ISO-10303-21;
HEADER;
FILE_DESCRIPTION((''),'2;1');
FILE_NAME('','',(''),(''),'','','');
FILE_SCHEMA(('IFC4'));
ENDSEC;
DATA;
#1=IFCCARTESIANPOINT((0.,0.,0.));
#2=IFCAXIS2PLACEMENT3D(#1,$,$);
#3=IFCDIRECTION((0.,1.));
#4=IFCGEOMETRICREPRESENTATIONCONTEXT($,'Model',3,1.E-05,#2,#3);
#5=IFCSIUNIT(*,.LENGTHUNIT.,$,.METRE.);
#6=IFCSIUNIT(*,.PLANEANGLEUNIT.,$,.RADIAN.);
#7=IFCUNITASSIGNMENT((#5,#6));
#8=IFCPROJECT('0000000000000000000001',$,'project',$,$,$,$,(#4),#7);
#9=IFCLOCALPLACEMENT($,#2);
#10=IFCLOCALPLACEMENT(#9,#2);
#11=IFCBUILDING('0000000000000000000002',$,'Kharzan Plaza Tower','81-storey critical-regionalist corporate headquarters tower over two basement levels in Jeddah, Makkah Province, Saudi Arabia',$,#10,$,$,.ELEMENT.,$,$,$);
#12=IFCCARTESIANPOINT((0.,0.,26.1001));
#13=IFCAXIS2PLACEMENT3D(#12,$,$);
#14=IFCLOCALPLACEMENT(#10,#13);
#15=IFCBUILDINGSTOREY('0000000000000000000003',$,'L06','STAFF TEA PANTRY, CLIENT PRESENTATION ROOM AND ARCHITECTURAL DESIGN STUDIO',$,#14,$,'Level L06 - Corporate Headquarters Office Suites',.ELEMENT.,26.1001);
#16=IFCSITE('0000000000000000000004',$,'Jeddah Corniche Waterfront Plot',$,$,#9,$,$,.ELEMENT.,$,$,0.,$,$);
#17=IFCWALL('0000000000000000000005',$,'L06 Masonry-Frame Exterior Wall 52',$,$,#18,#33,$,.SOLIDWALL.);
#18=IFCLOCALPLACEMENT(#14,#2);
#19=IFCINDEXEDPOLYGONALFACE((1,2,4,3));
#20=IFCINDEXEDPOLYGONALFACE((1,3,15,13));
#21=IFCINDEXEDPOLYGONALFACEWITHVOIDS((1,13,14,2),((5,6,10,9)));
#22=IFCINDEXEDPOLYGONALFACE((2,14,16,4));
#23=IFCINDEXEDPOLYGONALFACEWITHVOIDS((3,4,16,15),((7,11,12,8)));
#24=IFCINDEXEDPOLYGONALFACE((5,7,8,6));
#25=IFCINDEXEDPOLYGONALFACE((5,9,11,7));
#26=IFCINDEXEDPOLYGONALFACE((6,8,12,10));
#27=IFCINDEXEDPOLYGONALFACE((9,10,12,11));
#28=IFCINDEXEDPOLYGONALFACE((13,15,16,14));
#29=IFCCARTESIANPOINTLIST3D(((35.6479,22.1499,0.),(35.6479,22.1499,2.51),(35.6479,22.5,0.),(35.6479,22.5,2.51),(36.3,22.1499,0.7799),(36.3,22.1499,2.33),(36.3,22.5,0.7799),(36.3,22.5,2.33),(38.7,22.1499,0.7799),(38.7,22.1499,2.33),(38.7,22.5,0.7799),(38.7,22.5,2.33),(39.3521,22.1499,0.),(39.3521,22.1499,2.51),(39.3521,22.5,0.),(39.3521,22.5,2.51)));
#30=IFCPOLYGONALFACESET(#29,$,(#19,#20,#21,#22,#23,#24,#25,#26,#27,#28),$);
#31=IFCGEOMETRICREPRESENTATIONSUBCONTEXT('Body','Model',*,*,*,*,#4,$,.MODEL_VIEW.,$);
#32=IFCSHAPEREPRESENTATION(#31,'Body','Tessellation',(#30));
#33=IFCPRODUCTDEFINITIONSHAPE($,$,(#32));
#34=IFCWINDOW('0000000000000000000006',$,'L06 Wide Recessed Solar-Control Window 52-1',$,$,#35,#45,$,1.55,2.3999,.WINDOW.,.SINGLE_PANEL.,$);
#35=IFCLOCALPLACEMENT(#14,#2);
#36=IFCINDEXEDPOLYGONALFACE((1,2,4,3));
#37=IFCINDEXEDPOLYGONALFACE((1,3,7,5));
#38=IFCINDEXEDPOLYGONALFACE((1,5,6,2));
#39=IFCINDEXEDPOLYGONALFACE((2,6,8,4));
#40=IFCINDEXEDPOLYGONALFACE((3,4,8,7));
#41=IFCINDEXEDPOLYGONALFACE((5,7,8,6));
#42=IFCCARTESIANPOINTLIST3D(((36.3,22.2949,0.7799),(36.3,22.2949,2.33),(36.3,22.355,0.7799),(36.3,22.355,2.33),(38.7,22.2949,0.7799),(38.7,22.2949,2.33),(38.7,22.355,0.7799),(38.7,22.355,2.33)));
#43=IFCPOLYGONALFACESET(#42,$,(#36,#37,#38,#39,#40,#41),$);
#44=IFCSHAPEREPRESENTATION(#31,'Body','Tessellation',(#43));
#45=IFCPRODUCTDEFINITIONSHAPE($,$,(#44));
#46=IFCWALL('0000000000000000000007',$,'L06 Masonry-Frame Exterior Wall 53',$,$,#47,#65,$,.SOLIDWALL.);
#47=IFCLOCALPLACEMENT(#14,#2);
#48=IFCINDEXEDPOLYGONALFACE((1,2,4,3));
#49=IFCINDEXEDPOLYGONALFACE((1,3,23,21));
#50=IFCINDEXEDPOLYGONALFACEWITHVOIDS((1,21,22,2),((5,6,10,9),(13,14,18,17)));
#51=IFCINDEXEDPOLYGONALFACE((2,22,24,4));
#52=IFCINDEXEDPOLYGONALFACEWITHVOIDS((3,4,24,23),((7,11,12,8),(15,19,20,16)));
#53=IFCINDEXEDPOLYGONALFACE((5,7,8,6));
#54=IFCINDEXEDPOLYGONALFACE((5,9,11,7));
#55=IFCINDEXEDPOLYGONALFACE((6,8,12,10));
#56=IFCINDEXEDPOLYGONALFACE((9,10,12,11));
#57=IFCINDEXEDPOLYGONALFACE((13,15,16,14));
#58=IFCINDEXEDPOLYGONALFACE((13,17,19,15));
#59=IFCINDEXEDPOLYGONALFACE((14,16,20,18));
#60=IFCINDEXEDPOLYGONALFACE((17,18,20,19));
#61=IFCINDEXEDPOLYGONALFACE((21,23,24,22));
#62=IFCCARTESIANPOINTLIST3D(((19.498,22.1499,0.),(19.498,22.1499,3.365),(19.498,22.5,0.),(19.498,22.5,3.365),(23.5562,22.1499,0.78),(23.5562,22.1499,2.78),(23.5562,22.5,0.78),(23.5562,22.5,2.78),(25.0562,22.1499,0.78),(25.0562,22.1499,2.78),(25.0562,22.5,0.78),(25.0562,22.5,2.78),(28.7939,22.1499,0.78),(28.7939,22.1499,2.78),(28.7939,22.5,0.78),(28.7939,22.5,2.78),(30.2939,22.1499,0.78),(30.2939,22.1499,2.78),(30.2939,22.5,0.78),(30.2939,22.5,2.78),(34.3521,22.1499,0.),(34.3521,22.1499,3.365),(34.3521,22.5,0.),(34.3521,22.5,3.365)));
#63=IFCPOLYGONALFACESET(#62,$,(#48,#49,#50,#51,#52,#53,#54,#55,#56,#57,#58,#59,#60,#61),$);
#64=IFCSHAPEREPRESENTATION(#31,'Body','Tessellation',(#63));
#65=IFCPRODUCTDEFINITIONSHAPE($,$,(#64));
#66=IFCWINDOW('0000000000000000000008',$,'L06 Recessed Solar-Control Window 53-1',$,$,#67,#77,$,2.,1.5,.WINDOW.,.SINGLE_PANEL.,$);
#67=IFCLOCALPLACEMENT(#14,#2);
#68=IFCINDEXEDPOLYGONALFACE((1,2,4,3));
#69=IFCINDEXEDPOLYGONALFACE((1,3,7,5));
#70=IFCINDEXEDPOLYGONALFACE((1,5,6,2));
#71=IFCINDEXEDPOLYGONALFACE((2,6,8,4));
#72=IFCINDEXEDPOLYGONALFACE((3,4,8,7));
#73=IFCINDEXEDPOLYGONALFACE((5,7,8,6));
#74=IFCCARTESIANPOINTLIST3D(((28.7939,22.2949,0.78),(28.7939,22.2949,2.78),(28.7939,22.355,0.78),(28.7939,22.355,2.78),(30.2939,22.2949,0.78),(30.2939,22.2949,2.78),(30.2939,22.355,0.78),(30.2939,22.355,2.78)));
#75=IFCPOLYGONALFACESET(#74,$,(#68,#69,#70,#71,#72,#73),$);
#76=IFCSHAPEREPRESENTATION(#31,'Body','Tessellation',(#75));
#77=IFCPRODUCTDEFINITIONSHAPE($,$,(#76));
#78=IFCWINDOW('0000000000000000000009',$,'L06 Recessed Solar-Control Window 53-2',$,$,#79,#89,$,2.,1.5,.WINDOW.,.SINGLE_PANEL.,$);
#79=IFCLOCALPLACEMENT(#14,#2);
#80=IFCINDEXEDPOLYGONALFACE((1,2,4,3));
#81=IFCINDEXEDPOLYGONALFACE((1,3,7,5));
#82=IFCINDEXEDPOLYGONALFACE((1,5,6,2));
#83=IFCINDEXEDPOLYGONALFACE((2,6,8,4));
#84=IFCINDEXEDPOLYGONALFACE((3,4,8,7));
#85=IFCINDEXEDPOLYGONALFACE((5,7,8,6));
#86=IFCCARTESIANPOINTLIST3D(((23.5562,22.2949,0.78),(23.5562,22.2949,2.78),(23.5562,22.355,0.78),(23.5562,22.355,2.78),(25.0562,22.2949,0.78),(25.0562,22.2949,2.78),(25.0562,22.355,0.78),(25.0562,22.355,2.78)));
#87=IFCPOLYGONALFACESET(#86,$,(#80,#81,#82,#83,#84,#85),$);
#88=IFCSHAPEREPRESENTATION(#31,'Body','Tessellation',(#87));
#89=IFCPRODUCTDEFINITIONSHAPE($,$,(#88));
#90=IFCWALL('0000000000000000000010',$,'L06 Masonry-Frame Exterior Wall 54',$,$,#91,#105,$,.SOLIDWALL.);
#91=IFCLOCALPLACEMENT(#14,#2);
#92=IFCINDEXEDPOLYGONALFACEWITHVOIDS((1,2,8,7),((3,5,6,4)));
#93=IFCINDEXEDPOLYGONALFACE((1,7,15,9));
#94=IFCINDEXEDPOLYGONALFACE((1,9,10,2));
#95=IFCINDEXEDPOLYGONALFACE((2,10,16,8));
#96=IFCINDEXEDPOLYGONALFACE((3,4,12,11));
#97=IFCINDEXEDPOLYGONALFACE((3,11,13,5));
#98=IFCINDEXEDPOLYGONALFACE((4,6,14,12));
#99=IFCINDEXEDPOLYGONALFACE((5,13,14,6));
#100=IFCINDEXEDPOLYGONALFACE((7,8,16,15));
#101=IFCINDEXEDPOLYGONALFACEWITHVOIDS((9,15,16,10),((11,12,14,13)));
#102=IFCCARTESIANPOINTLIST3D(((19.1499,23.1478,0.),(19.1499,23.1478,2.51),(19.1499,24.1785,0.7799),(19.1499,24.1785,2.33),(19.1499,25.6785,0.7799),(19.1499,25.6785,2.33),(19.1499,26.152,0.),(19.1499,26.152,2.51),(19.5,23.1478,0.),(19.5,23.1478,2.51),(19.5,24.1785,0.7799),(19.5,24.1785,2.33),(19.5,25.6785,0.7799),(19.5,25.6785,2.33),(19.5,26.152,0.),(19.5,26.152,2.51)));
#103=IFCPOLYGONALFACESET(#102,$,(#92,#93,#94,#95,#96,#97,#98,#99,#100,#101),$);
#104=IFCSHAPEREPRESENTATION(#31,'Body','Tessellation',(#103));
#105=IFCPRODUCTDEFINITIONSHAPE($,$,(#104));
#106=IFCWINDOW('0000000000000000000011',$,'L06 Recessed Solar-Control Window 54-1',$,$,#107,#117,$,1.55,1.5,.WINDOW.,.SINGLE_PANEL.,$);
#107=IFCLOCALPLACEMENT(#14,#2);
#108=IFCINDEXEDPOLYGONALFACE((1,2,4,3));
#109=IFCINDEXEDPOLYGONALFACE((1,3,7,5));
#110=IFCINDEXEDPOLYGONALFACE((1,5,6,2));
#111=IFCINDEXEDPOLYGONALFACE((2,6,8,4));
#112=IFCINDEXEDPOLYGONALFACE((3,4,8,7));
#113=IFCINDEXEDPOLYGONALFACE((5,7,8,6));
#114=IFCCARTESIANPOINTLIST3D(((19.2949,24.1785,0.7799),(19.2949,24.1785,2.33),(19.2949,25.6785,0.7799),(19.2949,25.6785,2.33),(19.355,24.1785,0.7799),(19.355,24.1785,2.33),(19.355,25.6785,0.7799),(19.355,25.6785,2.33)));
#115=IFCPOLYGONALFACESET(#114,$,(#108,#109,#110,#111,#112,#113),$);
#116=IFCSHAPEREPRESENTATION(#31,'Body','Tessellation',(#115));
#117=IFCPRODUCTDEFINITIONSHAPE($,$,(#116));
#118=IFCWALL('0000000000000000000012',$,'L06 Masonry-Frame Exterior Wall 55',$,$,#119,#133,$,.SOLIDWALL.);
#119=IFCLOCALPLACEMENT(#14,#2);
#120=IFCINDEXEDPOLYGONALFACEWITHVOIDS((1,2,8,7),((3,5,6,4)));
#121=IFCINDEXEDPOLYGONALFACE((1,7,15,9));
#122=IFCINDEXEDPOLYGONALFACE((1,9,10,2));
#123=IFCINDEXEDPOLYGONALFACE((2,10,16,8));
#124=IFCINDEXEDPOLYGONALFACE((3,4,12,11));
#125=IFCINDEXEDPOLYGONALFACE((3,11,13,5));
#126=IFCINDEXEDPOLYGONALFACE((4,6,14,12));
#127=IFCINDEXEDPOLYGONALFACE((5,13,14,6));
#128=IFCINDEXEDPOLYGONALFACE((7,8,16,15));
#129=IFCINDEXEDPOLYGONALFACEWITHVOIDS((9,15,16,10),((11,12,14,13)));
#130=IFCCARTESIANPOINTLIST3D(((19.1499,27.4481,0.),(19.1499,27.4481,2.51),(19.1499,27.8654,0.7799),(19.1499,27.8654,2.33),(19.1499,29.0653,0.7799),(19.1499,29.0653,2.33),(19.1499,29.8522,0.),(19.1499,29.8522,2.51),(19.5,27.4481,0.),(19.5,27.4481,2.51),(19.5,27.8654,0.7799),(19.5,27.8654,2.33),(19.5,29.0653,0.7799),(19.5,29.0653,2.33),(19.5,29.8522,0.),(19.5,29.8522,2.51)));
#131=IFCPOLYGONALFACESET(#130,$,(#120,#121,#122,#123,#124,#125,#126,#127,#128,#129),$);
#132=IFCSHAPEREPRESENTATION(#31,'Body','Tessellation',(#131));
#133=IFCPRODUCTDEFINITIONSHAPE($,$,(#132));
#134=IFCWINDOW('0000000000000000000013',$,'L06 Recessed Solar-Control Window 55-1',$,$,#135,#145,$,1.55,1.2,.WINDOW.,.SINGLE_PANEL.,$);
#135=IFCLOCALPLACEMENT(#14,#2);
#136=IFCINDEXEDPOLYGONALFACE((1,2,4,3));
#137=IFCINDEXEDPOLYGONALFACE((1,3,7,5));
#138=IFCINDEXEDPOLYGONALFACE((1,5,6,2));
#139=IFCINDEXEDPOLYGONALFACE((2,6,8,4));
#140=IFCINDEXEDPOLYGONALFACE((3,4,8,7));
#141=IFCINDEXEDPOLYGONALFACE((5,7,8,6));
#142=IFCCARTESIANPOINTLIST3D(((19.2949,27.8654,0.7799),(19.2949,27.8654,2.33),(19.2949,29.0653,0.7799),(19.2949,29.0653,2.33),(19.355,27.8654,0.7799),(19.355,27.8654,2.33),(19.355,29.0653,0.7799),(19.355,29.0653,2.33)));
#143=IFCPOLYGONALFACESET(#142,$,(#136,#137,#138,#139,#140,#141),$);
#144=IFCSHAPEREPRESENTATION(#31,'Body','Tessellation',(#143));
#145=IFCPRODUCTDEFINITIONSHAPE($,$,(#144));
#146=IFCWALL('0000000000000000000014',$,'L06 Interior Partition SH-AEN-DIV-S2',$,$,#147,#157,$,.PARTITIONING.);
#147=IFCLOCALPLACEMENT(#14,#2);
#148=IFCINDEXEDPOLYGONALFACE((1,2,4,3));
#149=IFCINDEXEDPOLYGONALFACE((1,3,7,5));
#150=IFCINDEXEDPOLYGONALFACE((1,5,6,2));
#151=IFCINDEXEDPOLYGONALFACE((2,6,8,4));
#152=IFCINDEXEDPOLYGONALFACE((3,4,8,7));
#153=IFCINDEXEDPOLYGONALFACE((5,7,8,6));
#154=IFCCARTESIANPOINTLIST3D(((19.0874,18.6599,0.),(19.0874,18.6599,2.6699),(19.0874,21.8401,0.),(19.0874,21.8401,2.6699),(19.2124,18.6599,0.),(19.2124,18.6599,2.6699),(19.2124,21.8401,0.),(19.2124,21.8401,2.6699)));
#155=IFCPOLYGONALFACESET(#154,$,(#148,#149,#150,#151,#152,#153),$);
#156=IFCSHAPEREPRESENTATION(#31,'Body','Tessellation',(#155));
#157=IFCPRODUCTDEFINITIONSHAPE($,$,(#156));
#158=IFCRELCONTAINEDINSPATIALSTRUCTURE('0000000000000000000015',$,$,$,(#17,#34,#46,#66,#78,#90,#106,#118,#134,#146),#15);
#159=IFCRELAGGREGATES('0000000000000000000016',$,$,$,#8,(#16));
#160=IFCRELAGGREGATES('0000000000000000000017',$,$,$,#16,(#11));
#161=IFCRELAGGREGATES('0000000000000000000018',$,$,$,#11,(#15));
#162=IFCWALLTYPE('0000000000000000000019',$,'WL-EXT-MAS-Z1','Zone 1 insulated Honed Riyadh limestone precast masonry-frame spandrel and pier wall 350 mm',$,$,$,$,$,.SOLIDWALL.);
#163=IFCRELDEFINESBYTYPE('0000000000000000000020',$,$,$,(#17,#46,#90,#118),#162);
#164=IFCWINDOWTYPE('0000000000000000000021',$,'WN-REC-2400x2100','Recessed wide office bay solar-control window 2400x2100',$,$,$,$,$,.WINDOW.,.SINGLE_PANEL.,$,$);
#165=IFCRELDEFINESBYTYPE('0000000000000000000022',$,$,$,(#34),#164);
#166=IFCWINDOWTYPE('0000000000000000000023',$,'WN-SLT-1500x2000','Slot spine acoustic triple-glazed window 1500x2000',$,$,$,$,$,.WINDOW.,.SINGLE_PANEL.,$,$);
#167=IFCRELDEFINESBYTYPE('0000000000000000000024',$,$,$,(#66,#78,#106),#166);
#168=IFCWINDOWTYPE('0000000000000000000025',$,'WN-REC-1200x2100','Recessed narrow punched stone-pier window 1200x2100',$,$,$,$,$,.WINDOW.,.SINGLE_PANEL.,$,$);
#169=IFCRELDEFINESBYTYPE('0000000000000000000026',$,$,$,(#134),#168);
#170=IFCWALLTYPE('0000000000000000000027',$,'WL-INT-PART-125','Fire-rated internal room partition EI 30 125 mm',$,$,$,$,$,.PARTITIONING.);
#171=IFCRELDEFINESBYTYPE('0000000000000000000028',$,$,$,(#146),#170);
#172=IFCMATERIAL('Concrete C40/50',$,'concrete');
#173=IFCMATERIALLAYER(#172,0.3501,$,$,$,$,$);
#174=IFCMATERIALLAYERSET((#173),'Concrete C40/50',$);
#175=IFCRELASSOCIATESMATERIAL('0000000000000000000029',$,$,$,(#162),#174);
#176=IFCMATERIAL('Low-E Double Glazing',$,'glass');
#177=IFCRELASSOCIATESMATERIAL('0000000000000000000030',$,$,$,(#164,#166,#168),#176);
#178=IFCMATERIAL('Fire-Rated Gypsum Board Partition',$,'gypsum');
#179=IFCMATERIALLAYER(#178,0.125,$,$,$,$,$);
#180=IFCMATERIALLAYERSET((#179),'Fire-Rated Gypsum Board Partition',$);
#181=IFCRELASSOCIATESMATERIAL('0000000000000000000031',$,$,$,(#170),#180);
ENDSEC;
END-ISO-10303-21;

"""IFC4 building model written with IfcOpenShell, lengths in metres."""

from ifc_helpers import new_model, si_unit, direction, frame, frame_2d, origin, place, context, subcontext, project, spatial, rectangle, extrude, source, transform, mapped, material, layer, layer_set, type_object, element, fill, save


model = new_model("IFC4")

# Units and contexts
model_context = context("Model", 3, precision=1e-05, world=origin(), true_north=direction((0.0, 1.0)))
body_context = subcontext(model_context, "Body", "Model", "MODEL_VIEW")
ifc_project = project(units=[si_unit("LENGTHUNIT", "METRE"), si_unit("PLANEANGLEUNIT", "RADIAN")], contexts=[model_context])

# Site, building, storey
site_placement = place(None, origin())
site = spatial("IfcSite", under=ifc_project, at=site_placement, Name="Jeddah Corniche Waterfront Plot", CompositionType="ELEMENT", RefElevation=0.0)
building_placement = place(site_placement, origin())
building = spatial("IfcBuilding", under=site, at=building_placement, Name="Kharzan Plaza Tower", Description="81-storey critical-regionalist corporate headquarters tower over two basement levels in Jeddah, Makkah Province, Saudi Arabia", CompositionType="ELEMENT")
storey_placement = place(building_placement, frame((0.0, 0.0, 26.1001)))
storey = spatial("IfcBuildingStorey", under=building, at=storey_placement, Name="L06", Description="STAFF TEA PANTRY, CLIENT PRESENTATION ROOM AND ARCHITECTURAL DESIGN STUDIO", LongName="Level L06 - Corporate Headquarters Office Suites", CompositionType="ELEMENT", Elevation=26.1001)

# Wall, opening, window
ifc_material_1 = material(Name="Concrete C40/50", Category="concrete")
ifc_layer_1 = layer(ifc_material_1, 0.3501)
ifc_layer_set_1 = layer_set([ifc_layer_1], Name="Concrete C40/50")
wall_type_1 = type_object("IfcWallType", Name="WL-EXT-MAS-Z1", Description="Zone 1 insulated Honed Riyadh limestone precast masonry-frame spandrel and pier wall 350 mm", PredefinedType="SOLIDWALL", material=ifc_layer_set_1)
wall_1_placement = place(storey_placement, frame((39.3521, 22.325, 0.0), z_axis=(0.0, 0.0, 1.0), x_axis=(-1.0, 0.0, 0.0)))
wall_1 = element("IfcWall", 1, at=wall_1_placement, inside=storey, type_object=wall_type_1, Name="L06 Masonry-Frame Exterior Wall 52", PredefinedType="SOLIDWALL", context=body_context, shape_type="SweptSolid", body=[
    extrude(rectangle(XDim=3.7041, YDim=0.3501, at=frame_2d((1.8521, 0.0))), origin(), (0.0, 0.0, 1.0), 2.51),
])
opening_1_placement = place(wall_1_placement, frame((0.6521, 0.0, 0.78)))
opening_1 = element("IfcOpeningElement", 2, at=opening_1_placement, cuts=wall_1, PredefinedType="OPENING", context=body_context, shape_type="SweptSolid", body=[
    extrude(rectangle(XDim=2.3999, YDim=1.55, at=frame_2d((1.2, 0.7749))), frame((0.0, 0.1851, 0.0), z_axis=(0.0, -1.0, 0.0), x_axis=(1.0, 0.0, 0.0)), (0.0, 0.0, 1.0), 0.3701),
])
ifc_material_2 = material(Name="Low-E Double Glazing", Category="glass")
window_type_1 = type_object("IfcWindowType", Name="WN-REC-2400x2100", Description="Recessed wide office bay solar-control window 2400x2100", PartitioningType="SINGLE_PANEL", PredefinedType="WINDOW", material=ifc_material_2)
shared_shape_1 = source(origin(), body_context, "Body", "SweptSolid", [
    extrude(rectangle(XDim=2.3999, YDim=1.55, at=frame_2d((1.2, 0.7749))), frame((0.0, 0.03, 0.0), z_axis=(0.0, -1.0, 0.0), x_axis=(1.0, 0.0, 0.0)), (0.0, 0.0, 1.0), 0.0601),
])
window_1_placement = place(opening_1_placement, origin())
window_1 = element("IfcWindow", 3, at=window_1_placement, inside=storey, type_object=window_type_1, Name="L06 Wide Recessed Solar-Control Window 52-1", OverallHeight=1.55, OverallWidth=2.3999, PartitioningType="SINGLE_PANEL", PredefinedType="WINDOW", context=body_context, shape_type="MappedRepresentation", body=[
    mapped(shared_shape_1, transform((0.0, 0.0, 0.0), x_axis=(1.0, 0.0, 0.0), y_axis=(0.0, 1.0, 0.0), z_axis=(0.0, 0.0, 1.0))),
])
fill(opening_1, window_1)

# Wall, openings, windows
wall_2_placement = place(storey_placement, frame((34.3521, 22.325, 0.0), z_axis=(0.0, 0.0, 1.0), x_axis=(-1.0, 0.0, 0.0)))
wall_2 = element("IfcWall", 4, at=wall_2_placement, inside=storey, type_object=wall_type_1, Name="L06 Masonry-Frame Exterior Wall 53", PredefinedType="SOLIDWALL", context=body_context, shape_type="SweptSolid", body=[
    extrude(rectangle(XDim=14.854, YDim=0.3501, at=frame_2d((7.427, 0.0))), origin(), (0.0, 0.0, 1.0), 3.365),
])
opening_2_placement = place(wall_2_placement, frame((4.0581, 0.0, 0.78)))
opening_2 = element("IfcOpeningElement", 5, at=opening_2_placement, cuts=wall_2, PredefinedType="OPENING", context=body_context, shape_type="SweptSolid", body=[
    extrude(rectangle(XDim=1.5, YDim=2.0, at=frame_2d((0.75, 1.0))), frame((0.0, 0.1851, 0.0), z_axis=(0.0, -1.0, 0.0), x_axis=(1.0, 0.0, 0.0)), (0.0, 0.0, 1.0), 0.3701),
])
opening_3_placement = place(wall_2_placement, frame((9.2959, 0.0, 0.78)))
opening_3 = element("IfcOpeningElement", 6, at=opening_3_placement, cuts=wall_2, PredefinedType="OPENING", context=body_context, shape_type="SweptSolid", body=[
    extrude(rectangle(XDim=1.5, YDim=2.0, at=frame_2d((0.75, 1.0))), frame((0.0, 0.1851, 0.0), z_axis=(0.0, -1.0, 0.0), x_axis=(1.0, 0.0, 0.0)), (0.0, 0.0, 1.0), 0.3701),
])
window_type_2 = type_object("IfcWindowType", Name="WN-SLT-1500x2000", Description="Slot spine acoustic triple-glazed window 1500x2000", PartitioningType="SINGLE_PANEL", PredefinedType="WINDOW", material=ifc_material_2)
shared_shape_2 = source(origin(), body_context, "Body", "SweptSolid", [
    extrude(rectangle(XDim=1.5, YDim=2.0, at=frame_2d((0.75, 1.0))), frame((0.0, 0.03, 0.0), z_axis=(0.0, -1.0, 0.0), x_axis=(1.0, 0.0, 0.0)), (0.0, 0.0, 1.0), 0.0601),
])
window_2_placement = place(opening_2_placement, origin())
window_2 = element("IfcWindow", 7, at=window_2_placement, inside=storey, type_object=window_type_2, Name="L06 Recessed Solar-Control Window 53-1", OverallHeight=2.0, OverallWidth=1.5, PartitioningType="SINGLE_PANEL", PredefinedType="WINDOW", context=body_context, shape_type="MappedRepresentation", body=[
    mapped(shared_shape_2, transform((0.0, 0.0, 0.0), x_axis=(1.0, 0.0, 0.0), y_axis=(0.0, 1.0, 0.0), z_axis=(0.0, 0.0, 1.0))),
])
fill(opening_2, window_2)
window_3_placement = place(opening_3_placement, origin())
window_3 = element("IfcWindow", 8, at=window_3_placement, inside=storey, type_object=window_type_2, Name="L06 Recessed Solar-Control Window 53-2", OverallHeight=2.0, OverallWidth=1.5, PartitioningType="SINGLE_PANEL", PredefinedType="WINDOW", context=body_context, shape_type="MappedRepresentation", body=[
    mapped(shared_shape_2, transform((0.0, 0.0, 0.0), x_axis=(1.0, 0.0, 0.0), y_axis=(0.0, 1.0, 0.0), z_axis=(0.0, 0.0, 1.0))),
])
fill(opening_3, window_3)

# Walls, openings, windows
wall_3_placement = place(storey_placement, frame((19.325, 23.1479, 0.0), z_axis=(0.0, 0.0, 1.0), x_axis=(0.0, 1.0, 0.0)))
wall_3 = element("IfcWall", 9, at=wall_3_placement, inside=storey, type_object=wall_type_1, Name="L06 Masonry-Frame Exterior Wall 54", PredefinedType="SOLIDWALL", context=body_context, shape_type="SweptSolid", body=[
    extrude(rectangle(XDim=3.0042, YDim=0.3501, at=frame_2d((1.502, 0.0))), origin(), (0.0, 0.0, 1.0), 2.51),
])
opening_4_placement = place(wall_3_placement, frame((1.0305, 0.0, 0.78)))
opening_4 = element("IfcOpeningElement", 10, at=opening_4_placement, cuts=wall_3, PredefinedType="OPENING", context=body_context, shape_type="SweptSolid", body=[
    extrude(rectangle(XDim=1.5, YDim=1.55, at=frame_2d((0.75, 0.7749))), frame((0.0, 0.1851, 0.0), z_axis=(0.0, -1.0, 0.0), x_axis=(1.0, 0.0, 0.0)), (0.0, 0.0, 1.0), 0.3701),
])
shared_shape_3 = source(origin(), body_context, "Body", "SweptSolid", [
    extrude(rectangle(XDim=1.5, YDim=1.55, at=frame_2d((0.75, 0.7749))), frame((0.0, 0.03, 0.0), z_axis=(0.0, -1.0, 0.0), x_axis=(1.0, 0.0, 0.0)), (0.0, 0.0, 1.0), 0.0601),
])
window_4_placement = place(opening_4_placement, origin())
window_4 = element("IfcWindow", 11, at=window_4_placement, inside=storey, type_object=window_type_2, Name="L06 Recessed Solar-Control Window 54-1", OverallHeight=1.55, OverallWidth=1.5, PartitioningType="SINGLE_PANEL", PredefinedType="WINDOW", context=body_context, shape_type="MappedRepresentation", body=[
    mapped(shared_shape_3, transform((0.0, 0.0, 0.0), x_axis=(1.0, 0.0, 0.0), y_axis=(0.0, 1.0, 0.0), z_axis=(0.0, 0.0, 1.0))),
])
fill(opening_4, window_4)
wall_4_placement = place(storey_placement, frame((19.325, 27.448, 0.0), z_axis=(0.0, 0.0, 1.0), x_axis=(0.0, 1.0, 0.0)))
wall_4 = element("IfcWall", 12, at=wall_4_placement, inside=storey, type_object=wall_type_1, Name="L06 Masonry-Frame Exterior Wall 55", PredefinedType="SOLIDWALL", context=body_context, shape_type="SweptSolid", body=[
    extrude(rectangle(XDim=2.4041, YDim=0.3501, at=frame_2d((1.2021, 0.0))), origin(), (0.0, 0.0, 1.0), 2.51),
])
opening_5_placement = place(wall_4_placement, frame((0.4172, 0.0, 0.78)))
opening_5 = element("IfcOpeningElement", 13, at=opening_5_placement, cuts=wall_4, PredefinedType="OPENING", context=body_context, shape_type="SweptSolid", body=[
    extrude(rectangle(XDim=1.2, YDim=1.55, at=frame_2d((0.6001, 0.7749))), frame((0.0, 0.1851, 0.0), z_axis=(0.0, -1.0, 0.0), x_axis=(1.0, 0.0, 0.0)), (0.0, 0.0, 1.0), 0.3701),
])
window_type_3 = type_object("IfcWindowType", Name="WN-REC-1200x2100", Description="Recessed narrow punched stone-pier window 1200x2100", PartitioningType="SINGLE_PANEL", PredefinedType="WINDOW", material=ifc_material_2)
shared_shape_4 = source(origin(), body_context, "Body", "SweptSolid", [
    extrude(rectangle(XDim=1.2, YDim=1.55, at=frame_2d((0.6001, 0.7749))), frame((0.0, 0.03, 0.0), z_axis=(0.0, -1.0, 0.0), x_axis=(1.0, 0.0, 0.0)), (0.0, 0.0, 1.0), 0.0601),
])
window_5_placement = place(opening_5_placement, origin())
window_5 = element("IfcWindow", 14, at=window_5_placement, inside=storey, type_object=window_type_3, Name="L06 Recessed Solar-Control Window 55-1", OverallHeight=1.55, OverallWidth=1.2, PartitioningType="SINGLE_PANEL", PredefinedType="WINDOW", context=body_context, shape_type="MappedRepresentation", body=[
    mapped(shared_shape_4, transform((0.0, 0.0, 0.0), x_axis=(1.0, 0.0, 0.0), y_axis=(0.0, 1.0, 0.0), z_axis=(0.0, 0.0, 1.0))),
])
fill(opening_5, window_5)

# Wall
ifc_material_3 = material(Name="Fire-Rated Gypsum Board Partition", Category="gypsum")
ifc_layer_2 = layer(ifc_material_3, 0.125)
ifc_layer_set_2 = layer_set([ifc_layer_2], Name="Fire-Rated Gypsum Board Partition")
wall_type_2 = type_object("IfcWallType", Name="WL-INT-PART-125", Description="Fire-rated internal room partition EI 30 125 mm", PredefinedType="PARTITIONING", material=ifc_layer_set_2)
shared_shape_5 = source(origin(), body_context, "Body", "SweptSolid", [
    extrude(rectangle(XDim=3.1802, YDim=0.125, at=frame_2d((1.5901, 0.0))), origin(), (0.0, 0.0, 1.0), 2.6699),
])
wall_5_placement = place(storey_placement, frame((19.1499, 18.6599, 0.0), z_axis=(0.0, 0.0, 1.0), x_axis=(0.0, 1.0, 0.0)))
element("IfcWall", 15, at=wall_5_placement, inside=storey, type_object=wall_type_2, Name="L06 Interior Partition SH-AEN-DIV-S2", PredefinedType="PARTITIONING", context=body_context, shape_type="MappedRepresentation", body=[
    mapped(shared_shape_5, transform((0.0, 0.0, 0.0), x_axis=(1.0, 0.0, 0.0), y_axis=(0.0, 1.0, 0.0), z_axis=(0.0, 0.0, 1.0))),
])

save(model, "model.ifc")
